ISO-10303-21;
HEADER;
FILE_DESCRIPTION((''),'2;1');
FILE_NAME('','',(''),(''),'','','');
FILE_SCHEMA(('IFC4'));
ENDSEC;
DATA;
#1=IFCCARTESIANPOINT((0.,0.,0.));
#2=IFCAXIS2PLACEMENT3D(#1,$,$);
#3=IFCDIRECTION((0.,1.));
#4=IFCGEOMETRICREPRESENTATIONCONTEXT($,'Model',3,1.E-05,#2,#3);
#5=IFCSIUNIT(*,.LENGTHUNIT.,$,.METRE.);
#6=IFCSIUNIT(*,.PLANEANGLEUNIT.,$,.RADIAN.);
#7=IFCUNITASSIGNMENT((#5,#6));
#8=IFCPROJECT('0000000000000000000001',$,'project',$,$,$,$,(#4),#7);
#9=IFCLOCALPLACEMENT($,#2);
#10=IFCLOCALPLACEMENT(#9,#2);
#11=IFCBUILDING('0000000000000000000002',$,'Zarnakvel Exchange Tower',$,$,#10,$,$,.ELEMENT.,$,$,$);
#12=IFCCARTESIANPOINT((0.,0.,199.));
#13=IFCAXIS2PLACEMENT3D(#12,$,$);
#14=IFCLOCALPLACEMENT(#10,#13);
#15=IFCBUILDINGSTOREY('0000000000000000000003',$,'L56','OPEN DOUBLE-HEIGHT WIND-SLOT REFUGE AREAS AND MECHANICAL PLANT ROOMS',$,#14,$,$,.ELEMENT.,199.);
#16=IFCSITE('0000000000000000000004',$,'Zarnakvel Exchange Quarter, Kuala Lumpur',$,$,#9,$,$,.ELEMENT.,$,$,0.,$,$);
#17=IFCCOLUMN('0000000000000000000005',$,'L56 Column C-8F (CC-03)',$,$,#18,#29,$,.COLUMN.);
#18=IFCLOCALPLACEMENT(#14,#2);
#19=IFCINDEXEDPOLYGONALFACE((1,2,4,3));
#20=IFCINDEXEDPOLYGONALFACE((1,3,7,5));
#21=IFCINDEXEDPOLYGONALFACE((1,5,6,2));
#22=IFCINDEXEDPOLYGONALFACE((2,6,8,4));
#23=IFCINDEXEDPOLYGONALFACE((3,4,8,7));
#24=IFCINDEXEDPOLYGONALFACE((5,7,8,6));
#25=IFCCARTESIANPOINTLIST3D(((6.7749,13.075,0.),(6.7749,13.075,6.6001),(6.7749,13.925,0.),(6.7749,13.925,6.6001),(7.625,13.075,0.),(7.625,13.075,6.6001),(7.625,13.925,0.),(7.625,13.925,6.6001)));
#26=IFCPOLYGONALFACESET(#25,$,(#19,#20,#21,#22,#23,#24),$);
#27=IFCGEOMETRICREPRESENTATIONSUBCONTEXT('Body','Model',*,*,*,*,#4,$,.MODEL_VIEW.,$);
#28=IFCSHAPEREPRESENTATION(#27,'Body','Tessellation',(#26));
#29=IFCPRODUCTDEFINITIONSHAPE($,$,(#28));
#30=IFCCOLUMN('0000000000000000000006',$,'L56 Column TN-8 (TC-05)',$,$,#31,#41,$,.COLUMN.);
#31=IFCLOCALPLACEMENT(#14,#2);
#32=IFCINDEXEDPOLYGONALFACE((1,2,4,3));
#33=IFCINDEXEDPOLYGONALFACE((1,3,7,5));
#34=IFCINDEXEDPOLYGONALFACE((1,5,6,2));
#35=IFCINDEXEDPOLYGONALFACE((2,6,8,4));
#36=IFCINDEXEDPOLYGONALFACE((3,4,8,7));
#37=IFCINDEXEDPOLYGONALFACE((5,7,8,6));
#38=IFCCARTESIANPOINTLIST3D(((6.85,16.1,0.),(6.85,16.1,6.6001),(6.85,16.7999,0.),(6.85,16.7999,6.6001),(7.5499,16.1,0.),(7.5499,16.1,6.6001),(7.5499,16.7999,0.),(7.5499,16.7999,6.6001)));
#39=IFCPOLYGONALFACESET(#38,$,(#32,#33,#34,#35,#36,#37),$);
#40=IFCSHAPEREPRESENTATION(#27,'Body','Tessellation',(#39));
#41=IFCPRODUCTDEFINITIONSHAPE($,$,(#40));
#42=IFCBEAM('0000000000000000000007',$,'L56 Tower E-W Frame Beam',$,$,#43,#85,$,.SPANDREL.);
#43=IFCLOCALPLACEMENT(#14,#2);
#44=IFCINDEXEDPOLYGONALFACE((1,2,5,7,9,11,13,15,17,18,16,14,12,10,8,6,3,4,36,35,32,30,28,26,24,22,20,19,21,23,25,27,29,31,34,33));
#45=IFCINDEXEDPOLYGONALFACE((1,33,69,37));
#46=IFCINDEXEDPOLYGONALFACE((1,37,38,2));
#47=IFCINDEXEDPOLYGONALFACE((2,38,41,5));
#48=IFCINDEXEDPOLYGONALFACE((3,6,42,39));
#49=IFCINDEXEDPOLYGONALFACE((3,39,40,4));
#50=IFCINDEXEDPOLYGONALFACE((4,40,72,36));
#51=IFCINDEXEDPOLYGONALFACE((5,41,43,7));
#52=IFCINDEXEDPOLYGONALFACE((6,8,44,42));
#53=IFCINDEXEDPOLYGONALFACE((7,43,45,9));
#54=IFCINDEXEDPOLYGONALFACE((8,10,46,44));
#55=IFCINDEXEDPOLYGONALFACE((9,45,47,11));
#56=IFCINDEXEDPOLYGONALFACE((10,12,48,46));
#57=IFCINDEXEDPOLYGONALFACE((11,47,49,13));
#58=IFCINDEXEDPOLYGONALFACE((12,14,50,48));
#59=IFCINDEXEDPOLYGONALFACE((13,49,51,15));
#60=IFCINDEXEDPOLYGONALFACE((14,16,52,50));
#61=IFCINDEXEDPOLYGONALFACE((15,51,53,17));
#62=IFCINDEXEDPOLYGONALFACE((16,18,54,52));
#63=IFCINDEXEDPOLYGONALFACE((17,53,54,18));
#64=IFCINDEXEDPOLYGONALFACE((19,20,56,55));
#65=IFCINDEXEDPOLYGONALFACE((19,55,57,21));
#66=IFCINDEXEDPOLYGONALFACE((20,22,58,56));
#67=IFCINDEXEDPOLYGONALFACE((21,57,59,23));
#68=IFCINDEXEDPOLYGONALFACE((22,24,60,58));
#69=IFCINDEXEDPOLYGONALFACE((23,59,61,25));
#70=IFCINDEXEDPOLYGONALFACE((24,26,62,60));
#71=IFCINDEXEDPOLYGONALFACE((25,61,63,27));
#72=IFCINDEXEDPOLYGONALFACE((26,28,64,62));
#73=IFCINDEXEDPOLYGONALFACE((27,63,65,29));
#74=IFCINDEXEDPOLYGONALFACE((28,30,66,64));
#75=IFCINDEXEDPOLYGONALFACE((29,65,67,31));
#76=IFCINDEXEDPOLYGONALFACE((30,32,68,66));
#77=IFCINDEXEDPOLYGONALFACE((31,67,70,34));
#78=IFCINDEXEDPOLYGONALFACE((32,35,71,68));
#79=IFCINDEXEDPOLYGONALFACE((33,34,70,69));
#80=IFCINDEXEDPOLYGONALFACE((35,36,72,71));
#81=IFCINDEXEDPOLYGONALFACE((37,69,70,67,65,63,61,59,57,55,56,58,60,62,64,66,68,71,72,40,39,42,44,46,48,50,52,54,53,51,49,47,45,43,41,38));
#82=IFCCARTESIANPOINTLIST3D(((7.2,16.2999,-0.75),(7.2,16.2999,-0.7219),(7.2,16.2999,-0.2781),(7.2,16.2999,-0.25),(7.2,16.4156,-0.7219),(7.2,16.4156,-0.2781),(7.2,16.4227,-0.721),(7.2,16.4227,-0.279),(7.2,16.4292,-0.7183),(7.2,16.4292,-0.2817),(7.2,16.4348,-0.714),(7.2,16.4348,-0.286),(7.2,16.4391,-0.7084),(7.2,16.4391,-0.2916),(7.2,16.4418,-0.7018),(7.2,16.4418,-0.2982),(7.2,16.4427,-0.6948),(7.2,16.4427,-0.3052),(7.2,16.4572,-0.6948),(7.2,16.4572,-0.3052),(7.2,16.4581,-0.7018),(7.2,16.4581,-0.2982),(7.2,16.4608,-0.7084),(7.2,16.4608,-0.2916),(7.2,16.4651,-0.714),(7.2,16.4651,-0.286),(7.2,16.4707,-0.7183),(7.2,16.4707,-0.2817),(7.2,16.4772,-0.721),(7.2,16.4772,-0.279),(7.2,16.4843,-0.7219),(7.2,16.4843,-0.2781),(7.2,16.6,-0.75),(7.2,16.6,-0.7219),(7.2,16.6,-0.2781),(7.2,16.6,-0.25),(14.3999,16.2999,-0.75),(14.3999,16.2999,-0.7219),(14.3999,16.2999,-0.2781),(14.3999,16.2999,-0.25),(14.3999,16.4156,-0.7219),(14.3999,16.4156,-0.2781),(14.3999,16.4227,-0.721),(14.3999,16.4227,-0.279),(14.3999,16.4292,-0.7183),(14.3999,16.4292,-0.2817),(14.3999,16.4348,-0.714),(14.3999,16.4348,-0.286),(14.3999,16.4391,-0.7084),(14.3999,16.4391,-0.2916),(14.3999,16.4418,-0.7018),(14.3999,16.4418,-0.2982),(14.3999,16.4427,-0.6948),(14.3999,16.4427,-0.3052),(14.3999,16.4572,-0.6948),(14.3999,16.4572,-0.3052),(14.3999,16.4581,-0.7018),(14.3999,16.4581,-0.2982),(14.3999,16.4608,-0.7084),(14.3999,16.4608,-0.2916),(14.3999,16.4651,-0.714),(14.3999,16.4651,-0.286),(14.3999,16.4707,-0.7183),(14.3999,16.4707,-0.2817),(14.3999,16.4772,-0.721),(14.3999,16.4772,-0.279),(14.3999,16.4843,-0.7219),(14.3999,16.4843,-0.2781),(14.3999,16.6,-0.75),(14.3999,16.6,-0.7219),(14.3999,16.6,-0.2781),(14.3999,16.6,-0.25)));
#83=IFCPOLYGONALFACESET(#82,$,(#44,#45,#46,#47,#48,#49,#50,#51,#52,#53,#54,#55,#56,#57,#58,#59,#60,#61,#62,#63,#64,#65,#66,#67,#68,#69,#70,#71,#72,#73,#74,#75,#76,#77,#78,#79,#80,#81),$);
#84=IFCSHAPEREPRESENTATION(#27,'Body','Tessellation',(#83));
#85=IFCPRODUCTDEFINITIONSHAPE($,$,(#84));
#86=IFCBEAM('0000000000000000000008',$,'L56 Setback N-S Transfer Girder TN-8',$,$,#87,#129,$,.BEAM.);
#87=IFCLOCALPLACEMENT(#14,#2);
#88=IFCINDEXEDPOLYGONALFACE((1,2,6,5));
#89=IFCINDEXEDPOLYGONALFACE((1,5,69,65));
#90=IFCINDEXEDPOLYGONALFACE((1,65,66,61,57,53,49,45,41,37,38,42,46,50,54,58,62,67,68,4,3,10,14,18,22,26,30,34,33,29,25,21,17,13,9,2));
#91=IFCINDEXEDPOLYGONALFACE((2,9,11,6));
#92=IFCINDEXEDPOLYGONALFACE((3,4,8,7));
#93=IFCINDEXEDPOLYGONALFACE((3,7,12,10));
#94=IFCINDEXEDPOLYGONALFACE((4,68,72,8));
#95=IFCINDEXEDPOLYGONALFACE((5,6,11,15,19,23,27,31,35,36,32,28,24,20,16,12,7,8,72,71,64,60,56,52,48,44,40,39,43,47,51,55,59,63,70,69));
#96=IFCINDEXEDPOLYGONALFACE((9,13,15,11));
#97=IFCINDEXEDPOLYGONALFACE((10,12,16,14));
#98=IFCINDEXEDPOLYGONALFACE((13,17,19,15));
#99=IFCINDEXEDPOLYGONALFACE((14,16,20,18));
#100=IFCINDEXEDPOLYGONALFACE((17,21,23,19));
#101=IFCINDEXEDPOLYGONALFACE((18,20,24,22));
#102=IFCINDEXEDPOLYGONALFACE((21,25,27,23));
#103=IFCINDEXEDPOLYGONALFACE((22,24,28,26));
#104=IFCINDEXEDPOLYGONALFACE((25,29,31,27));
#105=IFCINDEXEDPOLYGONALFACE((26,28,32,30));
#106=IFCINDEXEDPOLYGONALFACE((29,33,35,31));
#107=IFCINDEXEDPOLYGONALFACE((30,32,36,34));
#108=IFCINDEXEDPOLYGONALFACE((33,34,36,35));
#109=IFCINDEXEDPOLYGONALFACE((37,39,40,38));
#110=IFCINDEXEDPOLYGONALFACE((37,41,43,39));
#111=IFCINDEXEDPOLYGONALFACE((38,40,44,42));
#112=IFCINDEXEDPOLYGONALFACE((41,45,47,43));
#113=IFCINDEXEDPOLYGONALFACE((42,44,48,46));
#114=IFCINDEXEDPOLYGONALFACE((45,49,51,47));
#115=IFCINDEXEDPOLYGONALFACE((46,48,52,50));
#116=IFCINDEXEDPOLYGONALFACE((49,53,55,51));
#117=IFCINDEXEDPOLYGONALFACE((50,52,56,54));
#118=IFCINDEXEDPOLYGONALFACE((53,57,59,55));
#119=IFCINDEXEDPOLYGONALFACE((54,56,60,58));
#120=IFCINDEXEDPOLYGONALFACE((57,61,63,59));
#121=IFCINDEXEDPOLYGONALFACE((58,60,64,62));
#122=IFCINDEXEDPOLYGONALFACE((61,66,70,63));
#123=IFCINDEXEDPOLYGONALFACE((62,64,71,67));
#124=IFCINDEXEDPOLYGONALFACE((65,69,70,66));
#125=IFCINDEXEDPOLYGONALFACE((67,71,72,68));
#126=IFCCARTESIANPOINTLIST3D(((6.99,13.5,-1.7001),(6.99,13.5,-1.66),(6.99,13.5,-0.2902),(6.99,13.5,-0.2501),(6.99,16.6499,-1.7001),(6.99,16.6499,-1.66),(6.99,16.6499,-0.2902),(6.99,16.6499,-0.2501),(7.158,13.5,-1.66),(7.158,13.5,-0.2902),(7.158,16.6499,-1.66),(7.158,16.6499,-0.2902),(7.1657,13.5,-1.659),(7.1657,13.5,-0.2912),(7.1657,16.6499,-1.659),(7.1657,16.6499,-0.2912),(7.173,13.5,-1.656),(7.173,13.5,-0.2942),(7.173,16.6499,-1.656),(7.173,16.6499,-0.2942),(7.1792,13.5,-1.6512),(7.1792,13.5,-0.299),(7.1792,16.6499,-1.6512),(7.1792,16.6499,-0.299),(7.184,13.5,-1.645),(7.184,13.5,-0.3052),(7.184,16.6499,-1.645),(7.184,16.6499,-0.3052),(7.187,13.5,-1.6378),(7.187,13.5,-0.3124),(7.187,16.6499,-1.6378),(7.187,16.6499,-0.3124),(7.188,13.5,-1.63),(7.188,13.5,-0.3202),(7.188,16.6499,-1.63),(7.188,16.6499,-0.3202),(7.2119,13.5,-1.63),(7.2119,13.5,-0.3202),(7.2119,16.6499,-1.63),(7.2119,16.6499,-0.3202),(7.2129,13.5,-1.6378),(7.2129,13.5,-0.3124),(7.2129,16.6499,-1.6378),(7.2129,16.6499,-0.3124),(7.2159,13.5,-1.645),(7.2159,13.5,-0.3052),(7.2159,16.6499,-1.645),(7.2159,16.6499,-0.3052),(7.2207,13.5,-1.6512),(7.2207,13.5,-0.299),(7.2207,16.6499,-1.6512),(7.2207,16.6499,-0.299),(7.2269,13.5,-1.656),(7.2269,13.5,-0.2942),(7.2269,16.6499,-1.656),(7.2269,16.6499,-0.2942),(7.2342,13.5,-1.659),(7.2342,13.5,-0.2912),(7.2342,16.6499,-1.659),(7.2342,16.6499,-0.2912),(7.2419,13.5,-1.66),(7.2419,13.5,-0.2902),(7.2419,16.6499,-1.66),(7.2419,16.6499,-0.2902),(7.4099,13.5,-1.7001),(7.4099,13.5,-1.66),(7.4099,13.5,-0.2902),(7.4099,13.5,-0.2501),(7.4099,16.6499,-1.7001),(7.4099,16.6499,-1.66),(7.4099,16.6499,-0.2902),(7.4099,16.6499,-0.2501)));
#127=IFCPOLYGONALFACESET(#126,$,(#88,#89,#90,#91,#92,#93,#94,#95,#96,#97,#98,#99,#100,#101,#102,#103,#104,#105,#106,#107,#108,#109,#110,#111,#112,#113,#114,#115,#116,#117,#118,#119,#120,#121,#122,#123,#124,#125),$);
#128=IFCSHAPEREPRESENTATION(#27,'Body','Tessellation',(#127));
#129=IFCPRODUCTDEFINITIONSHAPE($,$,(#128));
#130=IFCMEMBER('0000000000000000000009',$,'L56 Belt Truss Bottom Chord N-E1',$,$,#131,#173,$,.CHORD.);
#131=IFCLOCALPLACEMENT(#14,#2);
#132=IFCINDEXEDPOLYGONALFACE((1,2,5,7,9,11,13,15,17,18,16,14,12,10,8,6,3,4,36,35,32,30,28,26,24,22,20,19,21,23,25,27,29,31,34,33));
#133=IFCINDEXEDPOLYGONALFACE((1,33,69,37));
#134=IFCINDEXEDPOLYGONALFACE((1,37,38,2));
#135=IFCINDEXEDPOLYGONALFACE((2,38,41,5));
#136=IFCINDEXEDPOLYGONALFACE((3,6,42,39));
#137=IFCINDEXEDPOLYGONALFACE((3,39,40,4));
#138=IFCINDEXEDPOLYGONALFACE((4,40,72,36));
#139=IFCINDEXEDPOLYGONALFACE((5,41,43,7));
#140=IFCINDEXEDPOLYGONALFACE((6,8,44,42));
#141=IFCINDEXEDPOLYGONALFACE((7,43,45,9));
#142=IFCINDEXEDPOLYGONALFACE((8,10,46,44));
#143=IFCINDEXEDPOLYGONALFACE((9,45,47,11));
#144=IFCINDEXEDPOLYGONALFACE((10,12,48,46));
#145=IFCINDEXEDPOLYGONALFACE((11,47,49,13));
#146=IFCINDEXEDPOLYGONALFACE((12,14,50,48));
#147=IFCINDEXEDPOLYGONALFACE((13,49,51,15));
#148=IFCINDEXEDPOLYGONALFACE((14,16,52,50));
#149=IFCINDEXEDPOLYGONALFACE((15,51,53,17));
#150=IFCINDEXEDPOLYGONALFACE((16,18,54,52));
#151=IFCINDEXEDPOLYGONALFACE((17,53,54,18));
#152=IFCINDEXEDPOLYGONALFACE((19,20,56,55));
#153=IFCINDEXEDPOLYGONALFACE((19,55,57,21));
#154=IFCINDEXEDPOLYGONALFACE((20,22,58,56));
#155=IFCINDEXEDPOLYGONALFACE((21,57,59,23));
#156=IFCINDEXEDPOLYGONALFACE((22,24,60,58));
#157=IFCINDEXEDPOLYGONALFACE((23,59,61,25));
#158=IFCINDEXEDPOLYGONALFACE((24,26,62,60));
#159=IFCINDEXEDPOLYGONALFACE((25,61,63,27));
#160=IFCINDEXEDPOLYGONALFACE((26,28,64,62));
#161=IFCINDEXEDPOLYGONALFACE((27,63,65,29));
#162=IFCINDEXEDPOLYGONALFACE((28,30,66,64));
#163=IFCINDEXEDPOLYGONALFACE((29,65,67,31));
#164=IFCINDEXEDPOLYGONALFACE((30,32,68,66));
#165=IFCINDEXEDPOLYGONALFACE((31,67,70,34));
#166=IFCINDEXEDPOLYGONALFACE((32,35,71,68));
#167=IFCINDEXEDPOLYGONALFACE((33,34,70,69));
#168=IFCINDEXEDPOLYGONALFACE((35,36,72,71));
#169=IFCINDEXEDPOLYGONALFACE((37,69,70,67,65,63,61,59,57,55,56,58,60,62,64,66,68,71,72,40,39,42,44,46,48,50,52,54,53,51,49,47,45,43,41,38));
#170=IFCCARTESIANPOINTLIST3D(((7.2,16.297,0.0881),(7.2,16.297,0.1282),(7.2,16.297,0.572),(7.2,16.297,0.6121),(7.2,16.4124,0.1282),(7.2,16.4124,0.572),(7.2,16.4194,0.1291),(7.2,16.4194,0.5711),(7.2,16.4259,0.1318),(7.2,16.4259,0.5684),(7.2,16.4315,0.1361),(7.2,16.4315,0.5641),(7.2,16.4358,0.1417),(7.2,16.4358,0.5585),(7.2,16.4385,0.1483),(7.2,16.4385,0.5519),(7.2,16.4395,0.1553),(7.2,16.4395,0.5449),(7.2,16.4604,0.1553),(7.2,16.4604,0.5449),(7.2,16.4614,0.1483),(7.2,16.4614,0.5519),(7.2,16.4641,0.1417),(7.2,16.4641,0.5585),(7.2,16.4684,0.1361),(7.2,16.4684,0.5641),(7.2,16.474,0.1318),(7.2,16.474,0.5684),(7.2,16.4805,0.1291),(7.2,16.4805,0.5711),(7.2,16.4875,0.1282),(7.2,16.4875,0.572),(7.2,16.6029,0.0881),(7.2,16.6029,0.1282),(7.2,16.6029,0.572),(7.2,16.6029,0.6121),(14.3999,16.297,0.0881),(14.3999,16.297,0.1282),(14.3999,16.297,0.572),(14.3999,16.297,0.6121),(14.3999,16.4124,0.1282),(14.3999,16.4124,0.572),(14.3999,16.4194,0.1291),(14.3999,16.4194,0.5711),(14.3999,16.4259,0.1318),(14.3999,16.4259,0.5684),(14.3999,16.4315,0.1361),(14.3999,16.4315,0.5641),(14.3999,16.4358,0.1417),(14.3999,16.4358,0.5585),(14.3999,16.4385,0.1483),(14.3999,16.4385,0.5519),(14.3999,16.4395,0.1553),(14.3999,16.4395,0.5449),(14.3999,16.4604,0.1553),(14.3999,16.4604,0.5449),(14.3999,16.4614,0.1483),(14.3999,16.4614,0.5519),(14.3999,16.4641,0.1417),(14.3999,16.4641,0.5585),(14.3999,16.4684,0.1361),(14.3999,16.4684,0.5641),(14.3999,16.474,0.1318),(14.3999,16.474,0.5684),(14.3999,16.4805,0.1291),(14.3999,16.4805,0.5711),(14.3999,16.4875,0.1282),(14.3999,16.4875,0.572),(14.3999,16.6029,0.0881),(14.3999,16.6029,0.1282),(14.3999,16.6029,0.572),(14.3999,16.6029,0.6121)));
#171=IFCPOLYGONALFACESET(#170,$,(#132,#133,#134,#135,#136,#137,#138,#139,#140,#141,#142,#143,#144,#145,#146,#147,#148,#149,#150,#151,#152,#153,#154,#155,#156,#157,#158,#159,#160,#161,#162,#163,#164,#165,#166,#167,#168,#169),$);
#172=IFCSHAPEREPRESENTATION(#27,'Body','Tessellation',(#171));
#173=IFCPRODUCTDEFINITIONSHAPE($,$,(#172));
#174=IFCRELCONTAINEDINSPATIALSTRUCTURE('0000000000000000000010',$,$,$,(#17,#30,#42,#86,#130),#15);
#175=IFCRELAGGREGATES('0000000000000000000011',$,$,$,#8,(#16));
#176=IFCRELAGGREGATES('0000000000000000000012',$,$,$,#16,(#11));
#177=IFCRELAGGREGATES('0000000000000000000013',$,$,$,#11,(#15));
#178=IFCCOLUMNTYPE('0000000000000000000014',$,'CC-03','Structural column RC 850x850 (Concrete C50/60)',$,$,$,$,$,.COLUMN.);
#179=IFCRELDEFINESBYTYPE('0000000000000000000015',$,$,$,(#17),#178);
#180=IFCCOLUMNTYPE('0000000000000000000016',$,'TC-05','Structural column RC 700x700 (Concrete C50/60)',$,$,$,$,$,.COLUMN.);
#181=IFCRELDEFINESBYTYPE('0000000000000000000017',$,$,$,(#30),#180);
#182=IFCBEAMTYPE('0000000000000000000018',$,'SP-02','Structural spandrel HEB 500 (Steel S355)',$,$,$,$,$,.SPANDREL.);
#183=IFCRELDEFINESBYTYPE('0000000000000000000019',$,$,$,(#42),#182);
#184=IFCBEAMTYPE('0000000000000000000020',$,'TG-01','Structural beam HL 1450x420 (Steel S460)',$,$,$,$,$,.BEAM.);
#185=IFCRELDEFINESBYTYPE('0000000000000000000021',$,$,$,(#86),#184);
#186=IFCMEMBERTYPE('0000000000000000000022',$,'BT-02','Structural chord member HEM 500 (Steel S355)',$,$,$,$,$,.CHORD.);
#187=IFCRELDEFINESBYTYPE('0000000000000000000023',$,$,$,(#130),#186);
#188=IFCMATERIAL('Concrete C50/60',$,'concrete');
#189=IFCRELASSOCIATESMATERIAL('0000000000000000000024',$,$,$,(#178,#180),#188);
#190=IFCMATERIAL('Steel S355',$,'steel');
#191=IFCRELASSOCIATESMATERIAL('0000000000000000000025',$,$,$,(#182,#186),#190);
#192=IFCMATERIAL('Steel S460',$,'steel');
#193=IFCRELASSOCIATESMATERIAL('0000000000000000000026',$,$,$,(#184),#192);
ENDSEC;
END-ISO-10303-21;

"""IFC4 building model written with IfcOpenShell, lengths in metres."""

from ifc_helpers import new_model, si_unit, direction, frame, origin, origin_2d, place, context, subcontext, project, spatial, rectangle, i_section, extrude, source, transform, mapped, material, material_profile, profile_set, type_object, element, save


model = new_model("IFC4")

# Units and contexts
model_context = context("Model", 3, precision=1e-05, world=origin(), true_north=direction((0.0, 1.0)))
body_context = subcontext(model_context, "Body", "Model", "MODEL_VIEW")
ifc_project = project(units=[si_unit("LENGTHUNIT", "METRE"), si_unit("PLANEANGLEUNIT", "RADIAN")], contexts=[model_context])

# Site, building, storey
site_placement = place(None, origin())
site = spatial("IfcSite", under=ifc_project, at=site_placement, Name="Zarnakvel Exchange Quarter, Kuala Lumpur", CompositionType="ELEMENT", RefElevation=0.0)
building_placement = place(site_placement, origin())
building = spatial("IfcBuilding", under=site, at=building_placement, Name="Zarnakvel Exchange Tower", CompositionType="ELEMENT")
storey_placement = place(building_placement, frame((0.0, 0.0, 199.0)))
storey = spatial("IfcBuildingStorey", under=building, at=storey_placement, Name="L56", Description="OPEN DOUBLE-HEIGHT WIND-SLOT REFUGE AREAS AND MECHANICAL PLANT ROOMS", CompositionType="ELEMENT", Elevation=199.0)

# Columns
ifc_material_1 = material(Name="Concrete C50/60", Category="concrete")
ifc_material_profile_1 = material_profile(ifc_material_1, rectangle(XDim=0.8501, YDim=0.8501, at=origin_2d()))
ifc_profile_set_1 = profile_set([ifc_material_profile_1], Name="Concrete C50/60")
column_type_1 = type_object("IfcColumnType", Name="CC-03", Description="Structural column RC 850x850 (Concrete C50/60)", PredefinedType="COLUMN", material=ifc_profile_set_1)
column_1_placement = place(storey_placement, frame((7.2, 13.5, 0.0), z_axis=(0.0, 0.0, 1.0), x_axis=(1.0, 0.0, 0.0)))
element("IfcColumn", 1, at=column_1_placement, inside=storey, type_object=column_type_1, Name="L56 Column C-8F (CC-03)", PredefinedType="COLUMN", context=body_context, shape_type="SweptSolid", body=[
    extrude(rectangle(XDim=0.8501, YDim=0.8501, at=origin_2d()), origin(), (0.0, 0.0, 1.0), 6.6001),
])
ifc_material_profile_2 = material_profile(ifc_material_1, rectangle(XDim=0.7, YDim=0.7, at=origin_2d()))
ifc_profile_set_2 = profile_set([ifc_material_profile_2], Name="Concrete C50/60")
column_type_2 = type_object("IfcColumnType", Name="TC-05", Description="Structural column RC 700x700 (Concrete C50/60)", PredefinedType="COLUMN", material=ifc_profile_set_2)
column_2_placement = place(storey_placement, frame((7.2, 16.45, 0.0), z_axis=(0.0, 0.0, 1.0), x_axis=(1.0, 0.0, 0.0)))
element("IfcColumn", 2, at=column_2_placement, inside=storey, type_object=column_type_2, Name="L56 Column TN-8 (TC-05)", PredefinedType="COLUMN", context=body_context, shape_type="SweptSolid", body=[
    extrude(rectangle(XDim=0.7, YDim=0.7, at=origin_2d()), origin(), (0.0, 0.0, 1.0), 6.6001),
])

# Beams
ifc_material_2 = material(Name="Steel S355", Category="steel")
ifc_material_profile_3 = material_profile(ifc_material_2, i_section(OverallWidth=0.3, OverallDepth=0.5, WebThickness=0.0144, FlangeThickness=0.0281, FilletRadius=0.0271, at=origin_2d()))
ifc_profile_set_3 = profile_set([ifc_material_profile_3], Name="Steel S355")
beam_type_1 = type_object("IfcBeamType", Name="SP-02", Description="Structural spandrel HEB 500 (Steel S355)", PredefinedType="SPANDREL", material=ifc_profile_set_3)
beam_1_placement = place(storey_placement, frame((7.2, 16.45, -0.5), z_axis=(1.0, 0.0, 0.0), x_axis=(0.0, 1.0, 0.0)))
element("IfcBeam", 3, at=beam_1_placement, inside=storey, type_object=beam_type_1, Name="L56 Tower E-W Frame Beam", PredefinedType="SPANDREL", context=body_context, shape_type="SweptSolid", body=[
    extrude(i_section(OverallWidth=0.3, OverallDepth=0.5, WebThickness=0.0144, FlangeThickness=0.0281, FilletRadius=0.0271, at=origin_2d()), origin(), (0.0, 0.0, 1.0), 7.2),
])
ifc_material_3 = material(Name="Steel S460", Category="steel")
ifc_material_profile_4 = material_profile(ifc_material_3, i_section(OverallWidth=0.4199, OverallDepth=1.45, WebThickness=0.0239, FlangeThickness=0.04, FilletRadius=0.03, at=origin_2d()))
ifc_profile_set_4 = profile_set([ifc_material_profile_4], Name="Steel S460")
beam_type_2 = type_object("IfcBeamType", Name="TG-01", Description="Structural beam HL 1450x420 (Steel S460)", PredefinedType="BEAM", material=ifc_profile_set_4)
beam_2_placement = place(storey_placement, frame((7.2, 13.5, -0.9751), z_axis=(0.0, 1.0, 0.0), x_axis=(-1.0, 0.0, 0.0)))
element("IfcBeam", 4, at=beam_2_placement, inside=storey, type_object=beam_type_2, Name="L56 Setback N-S Transfer Girder TN-8", PredefinedType="BEAM", context=body_context, shape_type="SweptSolid", body=[
    extrude(i_section(OverallWidth=0.4199, OverallDepth=1.45, WebThickness=0.0239, FlangeThickness=0.04, FilletRadius=0.03, at=origin_2d()), origin(), (0.0, 0.0, 1.0), 3.1499),
])

# Member
ifc_material_profile_5 = material_profile(ifc_material_2, i_section(OverallWidth=0.3059, OverallDepth=0.5239, WebThickness=0.021, FlangeThickness=0.04, FilletRadius=0.0271, at=origin_2d()))
ifc_profile_set_5 = profile_set([ifc_material_profile_5], Name="Steel S355")
member_type_1 = type_object("IfcMemberType", Name="BT-02", Description="Structural chord member HEM 500 (Steel S355)", PredefinedType="CHORD", material=ifc_profile_set_5)
shared_shape_1 = source(origin(), body_context, "Body", "SweptSolid", [
    extrude(i_section(OverallWidth=0.3059, OverallDepth=0.5239, WebThickness=0.021, FlangeThickness=0.04, FilletRadius=0.0271, at=origin_2d()), origin(), (0.0, 0.0, 1.0), 7.2),
])
for number, where, z_axis, x_axis, name in (
    (5, (7.2, 16.45, 0.3501), (1.0, 0.0, 0.0), (0.0, 1.0, 0.0), "L56 Belt Truss Bottom Chord N-E1"),
):
    element("IfcMember", number, at=place(storey_placement, frame(where, z_axis=z_axis, x_axis=x_axis)), inside=storey, type_object=member_type_1, Name=name, PredefinedType="CHORD", context=body_context, shape_type="MappedRepresentation", body=[
        mapped(shared_shape_1, transform((0.0, 0.0, 0.0), x_axis=(1.0, 0.0, 0.0), y_axis=(0.0, 1.0, 0.0), z_axis=(0.0, 0.0, 1.0), scale=1.0)),
    ])

save(model, "model.ifc")
